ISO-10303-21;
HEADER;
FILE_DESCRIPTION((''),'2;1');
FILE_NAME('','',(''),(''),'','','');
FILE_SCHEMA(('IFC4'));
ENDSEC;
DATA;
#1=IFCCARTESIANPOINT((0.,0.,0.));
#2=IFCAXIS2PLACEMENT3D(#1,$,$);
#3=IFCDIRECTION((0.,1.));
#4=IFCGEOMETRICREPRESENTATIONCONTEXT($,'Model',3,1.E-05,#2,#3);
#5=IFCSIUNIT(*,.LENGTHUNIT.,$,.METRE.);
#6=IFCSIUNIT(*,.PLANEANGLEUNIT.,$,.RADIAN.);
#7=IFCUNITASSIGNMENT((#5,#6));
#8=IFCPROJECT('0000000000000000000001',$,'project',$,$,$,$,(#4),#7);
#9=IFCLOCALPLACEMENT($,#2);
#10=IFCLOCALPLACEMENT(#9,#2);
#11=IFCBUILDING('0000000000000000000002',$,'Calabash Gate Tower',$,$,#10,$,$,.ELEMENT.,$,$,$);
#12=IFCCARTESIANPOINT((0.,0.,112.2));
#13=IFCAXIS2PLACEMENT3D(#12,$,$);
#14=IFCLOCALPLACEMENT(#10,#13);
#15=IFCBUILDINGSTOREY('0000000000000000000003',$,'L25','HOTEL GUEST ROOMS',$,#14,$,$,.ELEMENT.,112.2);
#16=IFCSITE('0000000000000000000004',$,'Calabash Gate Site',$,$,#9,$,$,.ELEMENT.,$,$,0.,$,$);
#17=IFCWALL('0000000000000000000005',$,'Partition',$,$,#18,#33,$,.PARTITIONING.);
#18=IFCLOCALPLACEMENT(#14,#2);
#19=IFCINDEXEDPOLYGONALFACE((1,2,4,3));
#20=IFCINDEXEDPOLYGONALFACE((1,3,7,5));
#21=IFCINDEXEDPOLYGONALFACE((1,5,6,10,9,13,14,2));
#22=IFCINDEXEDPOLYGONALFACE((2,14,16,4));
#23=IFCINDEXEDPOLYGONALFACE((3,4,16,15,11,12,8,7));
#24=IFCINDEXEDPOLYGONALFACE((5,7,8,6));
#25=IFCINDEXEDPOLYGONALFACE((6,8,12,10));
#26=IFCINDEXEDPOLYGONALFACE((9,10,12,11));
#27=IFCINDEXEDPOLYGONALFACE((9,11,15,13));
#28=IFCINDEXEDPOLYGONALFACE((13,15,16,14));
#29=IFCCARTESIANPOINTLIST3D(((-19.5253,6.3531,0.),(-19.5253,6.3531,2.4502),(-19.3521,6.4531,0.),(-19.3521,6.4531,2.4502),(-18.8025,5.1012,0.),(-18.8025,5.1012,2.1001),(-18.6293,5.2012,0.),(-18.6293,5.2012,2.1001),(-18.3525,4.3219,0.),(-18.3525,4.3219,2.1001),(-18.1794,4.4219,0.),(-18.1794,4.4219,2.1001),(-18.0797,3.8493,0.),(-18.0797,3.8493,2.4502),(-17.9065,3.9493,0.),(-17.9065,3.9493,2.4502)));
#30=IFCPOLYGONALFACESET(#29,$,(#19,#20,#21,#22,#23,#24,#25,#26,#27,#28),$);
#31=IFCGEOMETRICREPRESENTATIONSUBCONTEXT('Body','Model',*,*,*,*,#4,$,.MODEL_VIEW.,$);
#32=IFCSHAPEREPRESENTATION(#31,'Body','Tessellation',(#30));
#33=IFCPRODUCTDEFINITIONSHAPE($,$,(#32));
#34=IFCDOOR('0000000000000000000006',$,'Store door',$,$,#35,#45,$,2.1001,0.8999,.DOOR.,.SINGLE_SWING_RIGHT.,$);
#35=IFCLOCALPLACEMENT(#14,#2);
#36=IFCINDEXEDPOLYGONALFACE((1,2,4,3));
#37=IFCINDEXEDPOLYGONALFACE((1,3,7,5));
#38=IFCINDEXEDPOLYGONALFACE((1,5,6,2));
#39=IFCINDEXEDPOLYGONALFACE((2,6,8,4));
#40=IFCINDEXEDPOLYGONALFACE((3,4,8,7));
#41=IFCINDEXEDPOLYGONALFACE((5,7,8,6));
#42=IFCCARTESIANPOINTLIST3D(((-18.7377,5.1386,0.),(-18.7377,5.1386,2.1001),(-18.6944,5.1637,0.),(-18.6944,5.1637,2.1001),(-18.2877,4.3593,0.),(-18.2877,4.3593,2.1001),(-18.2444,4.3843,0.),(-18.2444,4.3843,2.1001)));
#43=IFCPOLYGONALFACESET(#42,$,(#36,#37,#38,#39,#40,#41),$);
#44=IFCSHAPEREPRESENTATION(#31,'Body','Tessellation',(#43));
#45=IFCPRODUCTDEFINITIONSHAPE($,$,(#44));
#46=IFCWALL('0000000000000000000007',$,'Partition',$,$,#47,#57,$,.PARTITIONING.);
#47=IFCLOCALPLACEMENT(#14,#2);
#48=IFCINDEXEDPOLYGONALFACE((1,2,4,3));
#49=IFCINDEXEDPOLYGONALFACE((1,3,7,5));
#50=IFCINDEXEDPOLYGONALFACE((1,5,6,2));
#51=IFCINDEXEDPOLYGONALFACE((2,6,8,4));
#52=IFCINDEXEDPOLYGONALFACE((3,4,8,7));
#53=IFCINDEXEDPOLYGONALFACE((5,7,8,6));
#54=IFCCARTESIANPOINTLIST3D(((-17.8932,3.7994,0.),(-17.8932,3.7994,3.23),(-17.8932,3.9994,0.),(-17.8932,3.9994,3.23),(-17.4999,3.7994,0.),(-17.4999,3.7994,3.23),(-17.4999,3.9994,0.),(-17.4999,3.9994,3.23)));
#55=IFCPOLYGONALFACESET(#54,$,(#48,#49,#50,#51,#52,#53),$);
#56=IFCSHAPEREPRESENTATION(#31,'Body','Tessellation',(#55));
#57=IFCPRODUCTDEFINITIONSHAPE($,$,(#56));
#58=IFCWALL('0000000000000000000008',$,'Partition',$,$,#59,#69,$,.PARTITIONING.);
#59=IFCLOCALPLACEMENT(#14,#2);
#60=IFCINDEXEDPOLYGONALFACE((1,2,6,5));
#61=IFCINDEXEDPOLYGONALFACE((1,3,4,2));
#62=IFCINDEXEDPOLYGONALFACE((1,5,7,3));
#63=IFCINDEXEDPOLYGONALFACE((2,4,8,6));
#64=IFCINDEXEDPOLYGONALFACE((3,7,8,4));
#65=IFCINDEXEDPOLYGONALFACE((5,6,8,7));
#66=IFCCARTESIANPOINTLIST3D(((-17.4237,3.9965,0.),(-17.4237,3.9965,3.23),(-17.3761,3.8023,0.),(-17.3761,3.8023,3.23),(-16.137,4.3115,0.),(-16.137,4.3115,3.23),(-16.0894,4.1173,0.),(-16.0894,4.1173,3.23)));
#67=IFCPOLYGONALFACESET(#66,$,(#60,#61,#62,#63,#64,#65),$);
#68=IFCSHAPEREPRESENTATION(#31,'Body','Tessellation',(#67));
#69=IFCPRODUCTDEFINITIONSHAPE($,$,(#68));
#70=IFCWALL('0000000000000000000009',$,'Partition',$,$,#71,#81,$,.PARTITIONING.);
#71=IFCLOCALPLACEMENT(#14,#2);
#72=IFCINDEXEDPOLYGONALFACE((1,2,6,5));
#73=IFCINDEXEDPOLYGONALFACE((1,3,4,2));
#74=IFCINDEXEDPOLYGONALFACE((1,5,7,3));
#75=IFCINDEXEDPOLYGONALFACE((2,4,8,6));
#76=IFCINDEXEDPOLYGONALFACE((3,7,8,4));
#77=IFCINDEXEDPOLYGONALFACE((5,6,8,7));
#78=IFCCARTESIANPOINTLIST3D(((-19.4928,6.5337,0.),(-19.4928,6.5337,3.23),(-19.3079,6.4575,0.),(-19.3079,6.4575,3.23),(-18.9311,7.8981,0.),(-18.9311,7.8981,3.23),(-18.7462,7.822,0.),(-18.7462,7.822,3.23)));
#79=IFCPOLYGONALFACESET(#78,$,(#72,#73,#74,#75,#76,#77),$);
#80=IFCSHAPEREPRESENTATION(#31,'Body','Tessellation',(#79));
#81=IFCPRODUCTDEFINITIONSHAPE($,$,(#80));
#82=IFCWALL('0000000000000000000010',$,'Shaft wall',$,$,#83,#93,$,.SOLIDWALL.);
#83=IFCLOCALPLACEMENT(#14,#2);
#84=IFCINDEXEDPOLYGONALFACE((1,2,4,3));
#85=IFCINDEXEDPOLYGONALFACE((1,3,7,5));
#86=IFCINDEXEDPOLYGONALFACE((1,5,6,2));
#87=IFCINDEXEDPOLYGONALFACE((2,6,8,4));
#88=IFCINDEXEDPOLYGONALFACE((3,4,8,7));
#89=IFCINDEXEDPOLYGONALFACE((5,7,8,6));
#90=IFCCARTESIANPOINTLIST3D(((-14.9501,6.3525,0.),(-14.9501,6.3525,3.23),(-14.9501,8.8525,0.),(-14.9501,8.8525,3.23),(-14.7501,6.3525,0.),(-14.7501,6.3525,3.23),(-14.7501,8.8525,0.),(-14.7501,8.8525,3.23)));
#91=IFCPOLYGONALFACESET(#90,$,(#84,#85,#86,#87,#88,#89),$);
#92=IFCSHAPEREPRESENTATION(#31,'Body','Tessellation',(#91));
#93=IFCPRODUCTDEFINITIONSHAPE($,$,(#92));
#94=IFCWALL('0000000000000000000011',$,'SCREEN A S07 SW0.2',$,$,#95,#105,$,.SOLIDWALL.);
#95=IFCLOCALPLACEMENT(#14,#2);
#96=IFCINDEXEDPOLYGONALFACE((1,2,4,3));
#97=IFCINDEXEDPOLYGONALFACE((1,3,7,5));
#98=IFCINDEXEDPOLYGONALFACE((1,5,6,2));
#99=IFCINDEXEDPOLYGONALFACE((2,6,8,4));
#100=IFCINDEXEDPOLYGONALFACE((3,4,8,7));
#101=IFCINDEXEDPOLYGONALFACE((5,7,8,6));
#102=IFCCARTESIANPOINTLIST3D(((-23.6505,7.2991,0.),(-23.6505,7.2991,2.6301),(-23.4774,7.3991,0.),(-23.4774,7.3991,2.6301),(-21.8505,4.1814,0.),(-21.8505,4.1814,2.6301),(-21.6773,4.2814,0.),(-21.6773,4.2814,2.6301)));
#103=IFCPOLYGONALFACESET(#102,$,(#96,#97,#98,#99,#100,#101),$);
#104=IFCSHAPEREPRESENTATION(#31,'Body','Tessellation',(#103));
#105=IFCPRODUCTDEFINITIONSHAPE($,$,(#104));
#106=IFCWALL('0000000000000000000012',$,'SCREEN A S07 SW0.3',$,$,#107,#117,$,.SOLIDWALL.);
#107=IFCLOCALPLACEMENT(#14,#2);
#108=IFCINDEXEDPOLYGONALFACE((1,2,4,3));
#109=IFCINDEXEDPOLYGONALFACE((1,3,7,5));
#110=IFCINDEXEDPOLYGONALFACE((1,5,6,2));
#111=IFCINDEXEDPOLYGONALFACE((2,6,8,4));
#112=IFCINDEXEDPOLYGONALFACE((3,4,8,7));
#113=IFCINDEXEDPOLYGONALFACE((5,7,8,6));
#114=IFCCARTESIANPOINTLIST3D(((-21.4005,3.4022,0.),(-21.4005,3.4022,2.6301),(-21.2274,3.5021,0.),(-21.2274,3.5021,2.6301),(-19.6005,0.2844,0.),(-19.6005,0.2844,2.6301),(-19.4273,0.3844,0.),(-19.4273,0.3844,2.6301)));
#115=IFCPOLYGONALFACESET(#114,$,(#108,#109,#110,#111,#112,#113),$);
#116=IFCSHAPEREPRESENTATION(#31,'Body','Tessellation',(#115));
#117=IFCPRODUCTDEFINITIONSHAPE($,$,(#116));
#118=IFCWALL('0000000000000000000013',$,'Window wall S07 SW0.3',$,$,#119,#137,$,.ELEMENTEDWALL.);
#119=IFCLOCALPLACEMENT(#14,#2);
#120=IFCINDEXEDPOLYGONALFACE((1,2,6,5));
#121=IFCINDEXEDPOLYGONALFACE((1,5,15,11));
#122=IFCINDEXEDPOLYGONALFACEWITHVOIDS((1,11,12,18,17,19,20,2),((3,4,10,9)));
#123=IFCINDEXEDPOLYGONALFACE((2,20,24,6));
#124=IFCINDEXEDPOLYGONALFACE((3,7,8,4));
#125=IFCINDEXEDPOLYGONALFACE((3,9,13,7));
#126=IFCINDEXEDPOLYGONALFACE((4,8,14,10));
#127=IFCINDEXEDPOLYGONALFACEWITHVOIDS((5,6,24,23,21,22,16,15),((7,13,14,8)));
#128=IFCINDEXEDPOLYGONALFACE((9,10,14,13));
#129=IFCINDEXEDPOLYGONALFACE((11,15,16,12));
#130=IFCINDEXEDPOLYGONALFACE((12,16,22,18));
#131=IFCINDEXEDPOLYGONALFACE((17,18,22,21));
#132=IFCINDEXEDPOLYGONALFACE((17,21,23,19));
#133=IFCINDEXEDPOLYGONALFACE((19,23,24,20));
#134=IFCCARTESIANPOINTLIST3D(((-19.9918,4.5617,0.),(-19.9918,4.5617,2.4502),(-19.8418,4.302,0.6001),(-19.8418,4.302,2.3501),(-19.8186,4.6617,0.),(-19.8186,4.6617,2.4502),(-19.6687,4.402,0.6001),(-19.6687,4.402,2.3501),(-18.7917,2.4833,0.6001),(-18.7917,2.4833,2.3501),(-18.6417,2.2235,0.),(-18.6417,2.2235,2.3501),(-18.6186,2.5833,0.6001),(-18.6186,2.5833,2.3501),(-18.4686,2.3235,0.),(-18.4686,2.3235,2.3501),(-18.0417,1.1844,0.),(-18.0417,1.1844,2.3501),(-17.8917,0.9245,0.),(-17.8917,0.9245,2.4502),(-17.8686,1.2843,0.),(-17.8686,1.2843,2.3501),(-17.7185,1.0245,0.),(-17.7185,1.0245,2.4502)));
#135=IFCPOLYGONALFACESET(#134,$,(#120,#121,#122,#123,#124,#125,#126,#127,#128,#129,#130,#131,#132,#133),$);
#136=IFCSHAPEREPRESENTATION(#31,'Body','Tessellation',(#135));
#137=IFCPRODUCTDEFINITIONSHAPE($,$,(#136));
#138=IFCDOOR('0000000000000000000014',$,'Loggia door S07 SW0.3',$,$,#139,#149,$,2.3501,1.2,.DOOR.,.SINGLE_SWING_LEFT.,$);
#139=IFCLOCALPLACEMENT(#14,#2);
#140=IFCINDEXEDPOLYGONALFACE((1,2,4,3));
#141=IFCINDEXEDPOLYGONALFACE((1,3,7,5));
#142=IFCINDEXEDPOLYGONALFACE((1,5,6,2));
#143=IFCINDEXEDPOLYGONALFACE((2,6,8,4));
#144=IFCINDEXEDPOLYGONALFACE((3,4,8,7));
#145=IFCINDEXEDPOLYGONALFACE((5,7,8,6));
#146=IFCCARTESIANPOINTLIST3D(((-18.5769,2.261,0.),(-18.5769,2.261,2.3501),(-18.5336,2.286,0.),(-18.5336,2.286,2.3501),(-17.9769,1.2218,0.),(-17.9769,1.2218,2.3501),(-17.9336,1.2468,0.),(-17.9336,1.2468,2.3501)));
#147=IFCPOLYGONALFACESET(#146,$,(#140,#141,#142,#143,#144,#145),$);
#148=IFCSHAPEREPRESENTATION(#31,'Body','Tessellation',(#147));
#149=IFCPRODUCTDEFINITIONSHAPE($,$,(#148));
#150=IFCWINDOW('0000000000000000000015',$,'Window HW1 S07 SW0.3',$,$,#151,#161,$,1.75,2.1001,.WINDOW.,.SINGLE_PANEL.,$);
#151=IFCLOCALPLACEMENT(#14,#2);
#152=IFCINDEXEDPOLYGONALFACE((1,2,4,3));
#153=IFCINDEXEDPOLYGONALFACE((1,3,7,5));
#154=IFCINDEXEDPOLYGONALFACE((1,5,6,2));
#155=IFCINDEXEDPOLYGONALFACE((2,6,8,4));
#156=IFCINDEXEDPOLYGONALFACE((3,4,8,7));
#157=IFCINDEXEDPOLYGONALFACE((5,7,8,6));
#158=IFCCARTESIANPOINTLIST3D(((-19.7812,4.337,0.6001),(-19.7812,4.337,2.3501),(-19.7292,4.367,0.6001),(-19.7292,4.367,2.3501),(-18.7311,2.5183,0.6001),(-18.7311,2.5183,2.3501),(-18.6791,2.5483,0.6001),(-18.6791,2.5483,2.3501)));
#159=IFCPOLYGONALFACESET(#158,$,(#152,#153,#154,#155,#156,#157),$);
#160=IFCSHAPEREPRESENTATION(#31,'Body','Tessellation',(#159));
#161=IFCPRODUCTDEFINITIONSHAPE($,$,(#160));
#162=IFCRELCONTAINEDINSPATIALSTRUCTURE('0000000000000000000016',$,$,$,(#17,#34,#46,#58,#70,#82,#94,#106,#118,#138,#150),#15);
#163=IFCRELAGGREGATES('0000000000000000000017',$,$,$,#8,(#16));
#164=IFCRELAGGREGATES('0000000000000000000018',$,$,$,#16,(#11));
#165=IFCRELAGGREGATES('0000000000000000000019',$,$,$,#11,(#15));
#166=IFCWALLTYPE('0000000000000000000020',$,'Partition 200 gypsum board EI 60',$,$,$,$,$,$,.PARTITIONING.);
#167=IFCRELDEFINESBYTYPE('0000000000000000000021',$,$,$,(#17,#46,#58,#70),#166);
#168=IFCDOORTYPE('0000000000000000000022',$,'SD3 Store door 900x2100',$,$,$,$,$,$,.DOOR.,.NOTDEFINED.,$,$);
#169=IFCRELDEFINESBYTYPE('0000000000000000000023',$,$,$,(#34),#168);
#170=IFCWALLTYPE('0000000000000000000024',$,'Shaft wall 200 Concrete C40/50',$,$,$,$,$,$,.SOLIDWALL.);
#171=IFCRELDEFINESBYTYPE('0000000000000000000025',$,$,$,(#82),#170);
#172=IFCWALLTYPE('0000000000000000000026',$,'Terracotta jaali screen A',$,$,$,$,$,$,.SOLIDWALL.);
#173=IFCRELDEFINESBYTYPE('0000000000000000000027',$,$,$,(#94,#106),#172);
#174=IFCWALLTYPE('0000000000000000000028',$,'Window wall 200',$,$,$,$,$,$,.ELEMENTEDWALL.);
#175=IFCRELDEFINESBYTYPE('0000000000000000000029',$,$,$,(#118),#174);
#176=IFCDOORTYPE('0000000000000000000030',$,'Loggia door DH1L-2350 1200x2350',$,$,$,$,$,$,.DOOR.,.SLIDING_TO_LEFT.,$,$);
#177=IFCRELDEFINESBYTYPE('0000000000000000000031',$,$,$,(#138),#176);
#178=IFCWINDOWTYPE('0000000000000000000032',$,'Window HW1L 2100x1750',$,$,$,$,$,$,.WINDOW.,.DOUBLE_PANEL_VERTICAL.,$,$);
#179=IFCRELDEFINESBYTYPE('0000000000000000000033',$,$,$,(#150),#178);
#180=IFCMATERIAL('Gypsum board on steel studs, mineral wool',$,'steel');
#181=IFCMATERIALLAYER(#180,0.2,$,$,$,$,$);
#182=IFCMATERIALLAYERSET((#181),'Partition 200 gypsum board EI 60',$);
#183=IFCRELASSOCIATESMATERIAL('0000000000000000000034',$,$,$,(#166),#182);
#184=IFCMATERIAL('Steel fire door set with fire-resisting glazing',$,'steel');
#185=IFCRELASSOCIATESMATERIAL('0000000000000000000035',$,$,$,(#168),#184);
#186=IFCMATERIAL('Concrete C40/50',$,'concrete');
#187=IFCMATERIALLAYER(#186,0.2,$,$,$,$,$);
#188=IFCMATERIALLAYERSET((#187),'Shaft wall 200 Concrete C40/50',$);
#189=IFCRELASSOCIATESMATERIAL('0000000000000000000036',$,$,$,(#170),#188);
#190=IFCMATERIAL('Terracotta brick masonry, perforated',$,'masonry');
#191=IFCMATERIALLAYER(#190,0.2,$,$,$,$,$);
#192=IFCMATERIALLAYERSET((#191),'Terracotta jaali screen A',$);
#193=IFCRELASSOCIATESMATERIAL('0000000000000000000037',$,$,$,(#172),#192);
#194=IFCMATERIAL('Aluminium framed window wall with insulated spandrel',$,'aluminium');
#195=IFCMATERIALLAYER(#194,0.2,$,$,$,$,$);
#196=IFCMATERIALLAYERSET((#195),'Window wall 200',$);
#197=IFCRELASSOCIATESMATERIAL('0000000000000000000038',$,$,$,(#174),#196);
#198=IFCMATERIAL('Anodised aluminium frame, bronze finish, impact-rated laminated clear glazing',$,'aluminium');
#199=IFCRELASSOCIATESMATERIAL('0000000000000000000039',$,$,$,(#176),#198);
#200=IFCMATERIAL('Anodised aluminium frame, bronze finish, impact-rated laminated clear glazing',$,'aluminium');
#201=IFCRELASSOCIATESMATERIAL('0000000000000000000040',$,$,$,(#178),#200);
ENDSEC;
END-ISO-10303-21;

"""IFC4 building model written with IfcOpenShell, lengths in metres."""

from ifc_helpers import new_model, si_unit, direction, frame, frame_2d, origin, place, context, subcontext, project, spatial, rectangle, extrude, material, layer, layer_set, type_object, element, fill, save


model = new_model("IFC4")

# Units and contexts
model_context = context("Model", 3, precision=1e-05, world=origin(), true_north=direction((0.0, 1.0)))
body_context = subcontext(model_context, "Body", "Model", "MODEL_VIEW")
ifc_project = project(units=[si_unit("LENGTHUNIT", "METRE"), si_unit("PLANEANGLEUNIT", "RADIAN")], contexts=[model_context])

# Site, building, storey
site_placement = place(None, origin())
site = spatial("IfcSite", under=ifc_project, at=site_placement, Name="Calabash Gate Site", CompositionType="ELEMENT", RefElevation=0.0)
building_placement = place(site_placement, origin())
building = spatial("IfcBuilding", under=site, at=building_placement, Name="Calabash Gate Tower", CompositionType="ELEMENT")
storey_placement = place(building_placement, frame((0.0, 0.0, 112.2)))
storey = spatial("IfcBuildingStorey", under=building, at=storey_placement, Name="L25", Description="HOTEL GUEST ROOMS", CompositionType="ELEMENT", Elevation=112.2)

# Shared definitions
ifc_material_1 = material(Name="Gypsum board on steel studs, mineral wool", Category="steel")
ifc_layer_1 = layer(ifc_material_1, 0.2)
ifc_layer_set_1 = layer_set([ifc_layer_1], Name="Partition 200 gypsum board EI 60")
wall_type_1 = type_object("IfcWallType", Name="Partition 200 gypsum board EI 60", PredefinedType="PARTITIONING", material=ifc_layer_set_1)

# Wall, opening, door
wall_1_placement = place(storey_placement, frame((-19.4387, 6.4031, 0.0), z_axis=(0.0, 0.0, 1.0), x_axis=(0.500017, -0.866015, 0.0)))
wall_1 = element("IfcWall", 1, at=wall_1_placement, inside=storey, type_object=wall_type_1, Name="Partition", PredefinedType="PARTITIONING", context=body_context, shape_type="SweptSolid", body=[
    extrude(rectangle(XDim=2.8911, YDim=0.2, at=frame_2d((1.4456, 0.0))), origin(), (0.0, 0.0, 1.0), 2.4502),
])
opening_1_placement = place(wall_1_placement, frame((1.4456, 0.0, 0.0)))
opening_1 = element("IfcOpeningElement", 2, at=opening_1_placement, cuts=wall_1, PredefinedType="OPENING", context=body_context, shape_type="SweptSolid", body=[
    extrude(rectangle(XDim=0.8999, YDim=2.1001, at=frame_2d((0.45, 1.05))), frame((0.0, 0.1099, 0.0), z_axis=(0.0, -1.0, 0.0), x_axis=(1.0, 0.0, 0.0)), (0.0, 0.0, 1.0), 0.22),
])
ifc_material_2 = material(Name="Steel fire door set with fire-resisting glazing", Category="steel")
door_type_1 = type_object("IfcDoorType", Name="SD3 Store door 900x2100", OperationType="NOTDEFINED", PredefinedType="DOOR", material=ifc_material_2)
door_1_placement = place(opening_1_placement, origin())
door_1 = element("IfcDoor", 3, at=door_1_placement, inside=storey, type_object=door_type_1, Name="Store door", OperationType="SINGLE_SWING_RIGHT", OverallHeight=2.1001, OverallWidth=0.8999, PredefinedType="DOOR", context=body_context, shape_type="SweptSolid", body=[
    extrude(rectangle(XDim=0.8999, YDim=2.1001, at=frame_2d((0.45, 1.05))), frame((0.0, 0.0249, 0.0), z_axis=(0.0, -1.0, 0.0), x_axis=(1.0, 0.0, 0.0)), (0.0, 0.0, 1.0), 0.05),
])
fill(opening_1, door_1)

# Walls
wall_2_placement = place(storey_placement, frame((-17.8933, 3.8994, 0.0), z_axis=(0.0, 0.0, 1.0), x_axis=(1.0, 0.0, 0.0)))
element("IfcWall", 4, at=wall_2_placement, inside=storey, type_object=wall_type_1, Name="Partition", PredefinedType="PARTITIONING", context=body_context, shape_type="SweptSolid", body=[
    extrude(rectangle(XDim=0.3933, YDim=0.2, at=frame_2d((0.1968, 0.0))), origin(), (0.0, 0.0, 1.0), 3.23),
])
wall_3_placement = place(storey_placement, frame((-17.3999, 3.8994, 0.0), z_axis=(0.0, 0.0, 1.0), x_axis=(0.971323, 0.237762, 0.0)))
element("IfcWall", 5, at=wall_3_placement, inside=storey, type_object=wall_type_1, Name="Partition", PredefinedType="PARTITIONING", context=body_context, shape_type="SweptSolid", body=[
    extrude(rectangle(XDim=1.3247, YDim=0.2, at=frame_2d((0.6624, 0.0))), origin(), (0.0, 0.0, 1.0), 3.23),
])
wall_4_placement = place(storey_placement, frame((-19.4004, 6.4956, 0.0), z_axis=(0.0, 0.0, 1.0), x_axis=(0.3807, 0.924699, 0.0)))
element("IfcWall", 6, at=wall_4_placement, inside=storey, type_object=wall_type_1, Name="Partition", PredefinedType="PARTITIONING", context=body_context, shape_type="SweptSolid", body=[
    extrude(rectangle(XDim=1.4756, YDim=0.2, at=frame_2d((0.7378, 0.0))), origin(), (0.0, 0.0, 1.0), 3.23),
])
ifc_material_3 = material(Name="Concrete C40/50", Category="concrete")
ifc_layer_2 = layer(ifc_material_3, 0.2)
ifc_layer_set_2 = layer_set([ifc_layer_2], Name="Shaft wall 200 Concrete C40/50")
wall_type_2 = type_object("IfcWallType", Name="Shaft wall 200 Concrete C40/50", PredefinedType="SOLIDWALL", material=ifc_layer_set_2)
wall_5_placement = place(storey_placement, frame((-14.8501, 6.3525, 0.0), z_axis=(0.0, 0.0, 1.0), x_axis=(0.0, 1.0, 0.0)))
element("IfcWall", 7, at=wall_5_placement, inside=storey, type_object=wall_type_2, Name="Shaft wall", PredefinedType="SOLIDWALL", context=body_context, shape_type="SweptSolid", body=[
    extrude(rectangle(XDim=2.5, YDim=0.2, at=frame_2d((1.25, 0.0))), origin(), (0.0, 0.0, 1.0), 3.23),
])
ifc_material_4 = material(Name="Terracotta brick masonry, perforated", Category="masonry")
ifc_layer_3 = layer(ifc_material_4, 0.2)
ifc_layer_set_3 = layer_set([ifc_layer_3], Name="Terracotta jaali screen A")
wall_type_3 = type_object("IfcWallType", Name="Terracotta jaali screen A", PredefinedType="SOLIDWALL", material=ifc_layer_set_3)
for number, where, z_axis, x_axis, name in (
    (8, (-23.564, 7.3491, 0.0), (0.0, 0.0, 1.0), (0.500012, -0.866018, 0.0), "SCREEN A S07 SW0.2"),
    (9, (-21.314, 3.4521, 0.0), (0.0, 0.0, 1.0), (0.500012, -0.866018, 0.0), "SCREEN A S07 SW0.3"),
):
    element("IfcWall", number, at=place(storey_placement, frame(where, z_axis=z_axis, x_axis=x_axis)), inside=storey, type_object=wall_type_3, Name=name, PredefinedType="SOLIDWALL", context=body_context, shape_type="SweptSolid", body=[
        extrude(rectangle(XDim=3.6001, YDim=0.2, at=frame_2d((1.8, 0.0))), origin(), (0.0, 0.0, 1.0), 2.6301),
    ])

# Wall, openings, door, window
ifc_material_5 = material(Name="Aluminium framed window wall with insulated spandrel", Category="aluminium")
ifc_layer_4 = layer(ifc_material_5, 0.2)
ifc_layer_set_4 = layer_set([ifc_layer_4], Name="Window wall 200")
wall_type_4 = type_object("IfcWallType", Name="Window wall 200", PredefinedType="ELEMENTEDWALL", material=ifc_layer_set_4)
wall_6_placement = place(storey_placement, frame((-19.9053, 4.6118, 0.0), z_axis=(0.0, 0.0, 1.0), x_axis=(0.500028, -0.866009, 0.0)))
wall_6 = element("IfcWall", 10, at=wall_6_placement, inside=storey, type_object=wall_type_4, Name="Window wall S07 SW0.3", PredefinedType="ELEMENTEDWALL", context=body_context, shape_type="SweptSolid", body=[
    extrude(rectangle(XDim=4.2, YDim=0.2, at=frame_2d((2.1001, 0.0))), origin(), (0.0, 0.0, 1.0), 2.4502),
])
opening_2_placement = place(wall_6_placement, frame((0.3, 0.0, 0.6001)))
opening_2 = element("IfcOpeningElement", 11, at=opening_2_placement, cuts=wall_6, PredefinedType="OPENING", context=body_context, shape_type="SweptSolid", body=[
    extrude(rectangle(XDim=2.1001, YDim=1.75, at=frame_2d((1.05, 0.875))), frame((0.0, 0.1099, 0.0), z_axis=(0.0, -1.0, 0.0), x_axis=(1.0, 0.0, 0.0)), (0.0, 0.0, 1.0), 0.22),
])
opening_3_placement = place(wall_6_placement, frame((2.7, 0.0, 0.0)))
opening_3 = element("IfcOpeningElement", 12, at=opening_3_placement, cuts=wall_6, PredefinedType="OPENING", context=body_context, shape_type="SweptSolid", body=[
    extrude(rectangle(XDim=1.2, YDim=2.3501, at=frame_2d((0.6001, 1.175))), frame((0.0, 0.1099, 0.0), z_axis=(0.0, -1.0, 0.0), x_axis=(1.0, 0.0, 0.0)), (0.0, 0.0, 1.0), 0.22),
])
ifc_material_6 = material(Name="Anodised aluminium frame, bronze finish, impact-rated laminated clear glazing", Category="aluminium")
door_type_2 = type_object("IfcDoorType", Name="Loggia door DH1L-2350 1200x2350", OperationType="SLIDING_TO_LEFT", PredefinedType="DOOR", material=ifc_material_6)
door_2_placement = place(opening_3_placement, origin())
door_2 = element("IfcDoor", 13, at=door_2_placement, inside=storey, type_object=door_type_2, Name="Loggia door S07 SW0.3", OperationType="SINGLE_SWING_LEFT", OverallHeight=2.3501, OverallWidth=1.2, PredefinedType="DOOR", context=body_context, shape_type="SweptSolid", body=[
    extrude(rectangle(XDim=1.2, YDim=2.3501, at=frame_2d((0.6001, 1.175))), frame((0.0, 0.0249, 0.0), z_axis=(0.0, -1.0, 0.0), x_axis=(1.0, 0.0, 0.0)), (0.0, 0.0, 1.0), 0.05),
])
fill(opening_3, door_2)
ifc_material_7 = material(Name="Anodised aluminium frame, bronze finish, impact-rated laminated clear glazing", Category="aluminium")
window_type_1 = type_object("IfcWindowType", Name="Window HW1L 2100x1750", PartitioningType="DOUBLE_PANEL_VERTICAL", PredefinedType="WINDOW", material=ifc_material_7)
window_1_placement = place(opening_2_placement, origin())
window_1 = element("IfcWindow", 14, at=window_1_placement, inside=storey, type_object=window_type_1, Name="Window HW1 S07 SW0.3", OverallHeight=1.75, OverallWidth=2.1001, PartitioningType="SINGLE_PANEL", PredefinedType="WINDOW", context=body_context, shape_type="SweptSolid", body=[
    extrude(rectangle(XDim=2.1001, YDim=1.75, at=frame_2d((1.05, 0.875))), frame((0.0, 0.03, 0.0), z_axis=(0.0, -1.0, 0.0), x_axis=(1.0, 0.0, 0.0)), (0.0, 0.0, 1.0), 0.0601),
])
fill(opening_2, window_1)

save(model, "model.ifc")
